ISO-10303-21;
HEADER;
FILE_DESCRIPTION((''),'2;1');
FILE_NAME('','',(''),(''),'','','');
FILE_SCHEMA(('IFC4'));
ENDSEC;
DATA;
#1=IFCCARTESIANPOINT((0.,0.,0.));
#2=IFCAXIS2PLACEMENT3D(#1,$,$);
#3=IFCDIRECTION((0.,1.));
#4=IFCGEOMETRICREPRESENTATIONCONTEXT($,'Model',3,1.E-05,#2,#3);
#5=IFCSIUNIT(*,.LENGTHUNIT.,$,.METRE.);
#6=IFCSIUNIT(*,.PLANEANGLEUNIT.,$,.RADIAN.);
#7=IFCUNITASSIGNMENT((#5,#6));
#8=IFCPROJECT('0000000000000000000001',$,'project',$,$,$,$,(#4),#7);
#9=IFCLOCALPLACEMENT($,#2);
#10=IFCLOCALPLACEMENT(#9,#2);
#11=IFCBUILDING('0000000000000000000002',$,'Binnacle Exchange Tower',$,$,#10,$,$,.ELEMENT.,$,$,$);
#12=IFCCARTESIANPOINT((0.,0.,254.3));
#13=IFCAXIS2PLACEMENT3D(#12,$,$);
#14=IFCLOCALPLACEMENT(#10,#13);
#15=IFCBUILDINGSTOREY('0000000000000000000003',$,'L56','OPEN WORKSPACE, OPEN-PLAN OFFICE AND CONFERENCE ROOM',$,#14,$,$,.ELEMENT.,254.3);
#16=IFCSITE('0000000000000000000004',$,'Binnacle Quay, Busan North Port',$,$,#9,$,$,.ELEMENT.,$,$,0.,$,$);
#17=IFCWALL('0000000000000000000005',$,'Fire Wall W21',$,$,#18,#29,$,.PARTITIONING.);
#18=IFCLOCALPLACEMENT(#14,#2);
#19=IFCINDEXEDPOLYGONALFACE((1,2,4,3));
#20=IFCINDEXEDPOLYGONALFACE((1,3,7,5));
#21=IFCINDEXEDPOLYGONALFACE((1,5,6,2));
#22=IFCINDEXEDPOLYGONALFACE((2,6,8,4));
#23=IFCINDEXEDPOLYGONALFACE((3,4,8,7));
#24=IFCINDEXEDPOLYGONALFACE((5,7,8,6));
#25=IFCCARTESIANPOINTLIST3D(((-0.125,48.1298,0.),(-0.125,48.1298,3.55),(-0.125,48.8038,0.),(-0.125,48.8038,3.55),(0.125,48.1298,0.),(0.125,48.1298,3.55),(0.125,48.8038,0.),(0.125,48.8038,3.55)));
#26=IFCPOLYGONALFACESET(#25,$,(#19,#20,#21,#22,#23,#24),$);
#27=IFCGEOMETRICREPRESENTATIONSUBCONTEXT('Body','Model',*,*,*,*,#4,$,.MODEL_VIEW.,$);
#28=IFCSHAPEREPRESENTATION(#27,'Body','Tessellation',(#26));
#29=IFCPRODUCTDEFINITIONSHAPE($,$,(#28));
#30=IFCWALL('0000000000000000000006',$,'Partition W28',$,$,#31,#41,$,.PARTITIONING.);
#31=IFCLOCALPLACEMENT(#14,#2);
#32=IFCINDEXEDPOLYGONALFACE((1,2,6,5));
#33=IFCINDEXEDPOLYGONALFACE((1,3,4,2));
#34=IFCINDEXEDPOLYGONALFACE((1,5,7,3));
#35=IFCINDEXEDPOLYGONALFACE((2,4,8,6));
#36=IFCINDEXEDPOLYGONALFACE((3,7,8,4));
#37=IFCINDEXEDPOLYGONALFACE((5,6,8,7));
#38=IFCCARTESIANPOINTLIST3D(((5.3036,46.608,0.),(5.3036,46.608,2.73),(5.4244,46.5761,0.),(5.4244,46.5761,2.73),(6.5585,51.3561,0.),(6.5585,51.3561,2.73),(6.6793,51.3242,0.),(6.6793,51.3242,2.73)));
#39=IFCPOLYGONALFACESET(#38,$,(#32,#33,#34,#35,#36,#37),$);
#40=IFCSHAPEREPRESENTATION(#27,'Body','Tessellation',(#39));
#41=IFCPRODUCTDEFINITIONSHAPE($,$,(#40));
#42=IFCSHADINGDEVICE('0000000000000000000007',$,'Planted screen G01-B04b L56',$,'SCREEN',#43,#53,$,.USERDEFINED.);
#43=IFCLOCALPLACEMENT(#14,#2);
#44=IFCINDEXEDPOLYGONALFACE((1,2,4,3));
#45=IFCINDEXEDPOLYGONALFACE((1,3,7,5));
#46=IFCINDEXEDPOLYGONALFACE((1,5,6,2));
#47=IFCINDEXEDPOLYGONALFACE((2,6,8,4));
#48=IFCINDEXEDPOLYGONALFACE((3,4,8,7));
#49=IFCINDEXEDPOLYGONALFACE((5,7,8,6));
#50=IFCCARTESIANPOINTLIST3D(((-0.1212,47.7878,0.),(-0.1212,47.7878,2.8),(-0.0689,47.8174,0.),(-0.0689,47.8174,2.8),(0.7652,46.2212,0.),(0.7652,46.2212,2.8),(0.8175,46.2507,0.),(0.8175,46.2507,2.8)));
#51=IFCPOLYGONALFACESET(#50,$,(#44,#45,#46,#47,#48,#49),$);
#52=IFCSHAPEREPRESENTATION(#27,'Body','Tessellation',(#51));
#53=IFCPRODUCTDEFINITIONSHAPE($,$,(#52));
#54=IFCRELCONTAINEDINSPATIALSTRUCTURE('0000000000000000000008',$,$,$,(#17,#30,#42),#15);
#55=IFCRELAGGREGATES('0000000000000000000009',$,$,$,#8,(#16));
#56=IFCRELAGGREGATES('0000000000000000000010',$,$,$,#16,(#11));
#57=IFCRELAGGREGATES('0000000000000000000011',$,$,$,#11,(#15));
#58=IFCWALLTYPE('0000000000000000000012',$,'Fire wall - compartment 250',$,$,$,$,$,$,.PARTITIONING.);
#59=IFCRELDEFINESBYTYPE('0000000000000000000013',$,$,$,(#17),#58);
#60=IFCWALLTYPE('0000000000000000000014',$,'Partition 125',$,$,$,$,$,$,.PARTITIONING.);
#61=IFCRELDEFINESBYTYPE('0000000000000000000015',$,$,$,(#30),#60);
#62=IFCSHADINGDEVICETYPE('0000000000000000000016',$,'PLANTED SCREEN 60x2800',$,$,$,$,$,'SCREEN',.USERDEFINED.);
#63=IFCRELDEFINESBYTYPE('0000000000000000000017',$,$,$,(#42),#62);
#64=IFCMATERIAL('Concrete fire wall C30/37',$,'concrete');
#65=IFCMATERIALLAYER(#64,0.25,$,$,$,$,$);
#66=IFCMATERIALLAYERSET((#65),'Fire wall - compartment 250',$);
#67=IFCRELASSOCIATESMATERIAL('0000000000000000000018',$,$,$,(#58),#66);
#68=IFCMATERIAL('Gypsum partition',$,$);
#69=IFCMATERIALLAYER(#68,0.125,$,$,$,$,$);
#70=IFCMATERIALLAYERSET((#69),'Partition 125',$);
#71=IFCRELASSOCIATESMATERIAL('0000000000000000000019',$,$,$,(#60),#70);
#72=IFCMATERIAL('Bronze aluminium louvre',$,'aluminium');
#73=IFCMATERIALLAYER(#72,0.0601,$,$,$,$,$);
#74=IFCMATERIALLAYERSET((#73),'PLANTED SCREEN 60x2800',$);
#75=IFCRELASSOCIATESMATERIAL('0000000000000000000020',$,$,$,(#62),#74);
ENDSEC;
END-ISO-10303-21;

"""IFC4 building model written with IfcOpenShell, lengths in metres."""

from ifc_helpers import new_model, si_unit, direction, frame, frame_2d, origin, origin_2d, place, context, subcontext, project, spatial, rectangle, extrude, material, layer, layer_set, type_object, element, save


model = new_model("IFC4")

# Units and contexts
model_context = context("Model", 3, precision=1e-05, world=origin(), true_north=direction((0.0, 1.0)))
body_context = subcontext(model_context, "Body", "Model", "MODEL_VIEW")
ifc_project = project(units=[si_unit("LENGTHUNIT", "METRE"), si_unit("PLANEANGLEUNIT", "RADIAN")], contexts=[model_context])

# Site, building, storey
site_placement = place(None, origin())
site = spatial("IfcSite", under=ifc_project, at=site_placement, Name="Binnacle Quay, Busan North Port", CompositionType="ELEMENT", RefElevation=0.0)
building_placement = place(site_placement, origin())
building = spatial("IfcBuilding", under=site, at=building_placement, Name="Binnacle Exchange Tower", CompositionType="ELEMENT")
storey_placement = place(building_placement, frame((0.0, 0.0, 254.3)))
storey = spatial("IfcBuildingStorey", under=building, at=storey_placement, Name="L56", Description="OPEN WORKSPACE, OPEN-PLAN OFFICE AND CONFERENCE ROOM", CompositionType="ELEMENT", Elevation=254.3)

# Walls
ifc_material_1 = material(Name="Concrete fire wall C30/37", Category="concrete")
ifc_layer_1 = layer(ifc_material_1, 0.25)
ifc_layer_set_1 = layer_set([ifc_layer_1], Name="Fire wall - compartment 250")
wall_type_1 = type_object("IfcWallType", Name="Fire wall - compartment 250", PredefinedType="PARTITIONING", material=ifc_layer_set_1)
wall_1_placement = place(storey_placement, frame((0.0, 48.1299, 0.0), z_axis=(0.0, 0.0, 1.0), x_axis=(0.0, 1.0, 0.0)))
element("IfcWall", 1, at=wall_1_placement, inside=storey, type_object=wall_type_1, Name="Fire Wall W21", PredefinedType="PARTITIONING", context=body_context, shape_type="SweptSolid", body=[
    extrude(rectangle(XDim=0.6741, YDim=0.25, at=frame_2d((0.3369, 0.0))), origin(), (0.0, 0.0, 1.0), 3.55),
])
ifc_material_2 = material(Name="Gypsum partition")
ifc_layer_2 = layer(ifc_material_2, 0.125)
ifc_layer_set_2 = layer_set([ifc_layer_2], Name="Partition 125")
wall_type_2 = type_object("IfcWallType", Name="Partition 125", PredefinedType="PARTITIONING", material=ifc_layer_set_2)
wall_2_placement = place(storey_placement, frame((5.364, 46.592, 0.0), z_axis=(0.0, 0.0, 1.0), x_axis=(0.255521, 0.966804, 0.0)))
element("IfcWall", 2, at=wall_2_placement, inside=storey, type_object=wall_type_2, Name="Partition W28", PredefinedType="PARTITIONING", context=body_context, shape_type="SweptSolid", body=[
    extrude(rectangle(XDim=4.9111, YDim=0.125, at=frame_2d((2.4556, 0.0))), origin(), (0.0, 0.0, 1.0), 2.73),
])

# Shading device
ifc_material_3 = material(Name="Bronze aluminium louvre", Category="aluminium")
ifc_layer_3 = layer(ifc_material_3, 0.0601)
ifc_layer_set_3 = layer_set([ifc_layer_3], Name="PLANTED SCREEN 60x2800")
shading_device_type = type_object("IfcShadingDeviceType", Name="PLANTED SCREEN 60x2800", ElementType="SCREEN", PredefinedType="USERDEFINED", material=ifc_layer_set_3)
shading_device_placement = place(storey_placement, frame((0.3481, 47.0193, 0.0), z_axis=(0.0, 0.0, 1.0), x_axis=(0.870356, 0.492424, 0.0)))
element("IfcShadingDevice", 3, at=shading_device_placement, inside=storey, type_object=shading_device_type, Name="Planted screen G01-B04b L56", ObjectType="SCREEN", PredefinedType="USERDEFINED", context=body_context, shape_type="SweptSolid", body=[
    extrude(rectangle(XDim=0.0601, YDim=1.8, at=origin_2d()), origin(), (0.0, 0.0, 1.0), 2.8),
])

save(model, "model.ifc")
